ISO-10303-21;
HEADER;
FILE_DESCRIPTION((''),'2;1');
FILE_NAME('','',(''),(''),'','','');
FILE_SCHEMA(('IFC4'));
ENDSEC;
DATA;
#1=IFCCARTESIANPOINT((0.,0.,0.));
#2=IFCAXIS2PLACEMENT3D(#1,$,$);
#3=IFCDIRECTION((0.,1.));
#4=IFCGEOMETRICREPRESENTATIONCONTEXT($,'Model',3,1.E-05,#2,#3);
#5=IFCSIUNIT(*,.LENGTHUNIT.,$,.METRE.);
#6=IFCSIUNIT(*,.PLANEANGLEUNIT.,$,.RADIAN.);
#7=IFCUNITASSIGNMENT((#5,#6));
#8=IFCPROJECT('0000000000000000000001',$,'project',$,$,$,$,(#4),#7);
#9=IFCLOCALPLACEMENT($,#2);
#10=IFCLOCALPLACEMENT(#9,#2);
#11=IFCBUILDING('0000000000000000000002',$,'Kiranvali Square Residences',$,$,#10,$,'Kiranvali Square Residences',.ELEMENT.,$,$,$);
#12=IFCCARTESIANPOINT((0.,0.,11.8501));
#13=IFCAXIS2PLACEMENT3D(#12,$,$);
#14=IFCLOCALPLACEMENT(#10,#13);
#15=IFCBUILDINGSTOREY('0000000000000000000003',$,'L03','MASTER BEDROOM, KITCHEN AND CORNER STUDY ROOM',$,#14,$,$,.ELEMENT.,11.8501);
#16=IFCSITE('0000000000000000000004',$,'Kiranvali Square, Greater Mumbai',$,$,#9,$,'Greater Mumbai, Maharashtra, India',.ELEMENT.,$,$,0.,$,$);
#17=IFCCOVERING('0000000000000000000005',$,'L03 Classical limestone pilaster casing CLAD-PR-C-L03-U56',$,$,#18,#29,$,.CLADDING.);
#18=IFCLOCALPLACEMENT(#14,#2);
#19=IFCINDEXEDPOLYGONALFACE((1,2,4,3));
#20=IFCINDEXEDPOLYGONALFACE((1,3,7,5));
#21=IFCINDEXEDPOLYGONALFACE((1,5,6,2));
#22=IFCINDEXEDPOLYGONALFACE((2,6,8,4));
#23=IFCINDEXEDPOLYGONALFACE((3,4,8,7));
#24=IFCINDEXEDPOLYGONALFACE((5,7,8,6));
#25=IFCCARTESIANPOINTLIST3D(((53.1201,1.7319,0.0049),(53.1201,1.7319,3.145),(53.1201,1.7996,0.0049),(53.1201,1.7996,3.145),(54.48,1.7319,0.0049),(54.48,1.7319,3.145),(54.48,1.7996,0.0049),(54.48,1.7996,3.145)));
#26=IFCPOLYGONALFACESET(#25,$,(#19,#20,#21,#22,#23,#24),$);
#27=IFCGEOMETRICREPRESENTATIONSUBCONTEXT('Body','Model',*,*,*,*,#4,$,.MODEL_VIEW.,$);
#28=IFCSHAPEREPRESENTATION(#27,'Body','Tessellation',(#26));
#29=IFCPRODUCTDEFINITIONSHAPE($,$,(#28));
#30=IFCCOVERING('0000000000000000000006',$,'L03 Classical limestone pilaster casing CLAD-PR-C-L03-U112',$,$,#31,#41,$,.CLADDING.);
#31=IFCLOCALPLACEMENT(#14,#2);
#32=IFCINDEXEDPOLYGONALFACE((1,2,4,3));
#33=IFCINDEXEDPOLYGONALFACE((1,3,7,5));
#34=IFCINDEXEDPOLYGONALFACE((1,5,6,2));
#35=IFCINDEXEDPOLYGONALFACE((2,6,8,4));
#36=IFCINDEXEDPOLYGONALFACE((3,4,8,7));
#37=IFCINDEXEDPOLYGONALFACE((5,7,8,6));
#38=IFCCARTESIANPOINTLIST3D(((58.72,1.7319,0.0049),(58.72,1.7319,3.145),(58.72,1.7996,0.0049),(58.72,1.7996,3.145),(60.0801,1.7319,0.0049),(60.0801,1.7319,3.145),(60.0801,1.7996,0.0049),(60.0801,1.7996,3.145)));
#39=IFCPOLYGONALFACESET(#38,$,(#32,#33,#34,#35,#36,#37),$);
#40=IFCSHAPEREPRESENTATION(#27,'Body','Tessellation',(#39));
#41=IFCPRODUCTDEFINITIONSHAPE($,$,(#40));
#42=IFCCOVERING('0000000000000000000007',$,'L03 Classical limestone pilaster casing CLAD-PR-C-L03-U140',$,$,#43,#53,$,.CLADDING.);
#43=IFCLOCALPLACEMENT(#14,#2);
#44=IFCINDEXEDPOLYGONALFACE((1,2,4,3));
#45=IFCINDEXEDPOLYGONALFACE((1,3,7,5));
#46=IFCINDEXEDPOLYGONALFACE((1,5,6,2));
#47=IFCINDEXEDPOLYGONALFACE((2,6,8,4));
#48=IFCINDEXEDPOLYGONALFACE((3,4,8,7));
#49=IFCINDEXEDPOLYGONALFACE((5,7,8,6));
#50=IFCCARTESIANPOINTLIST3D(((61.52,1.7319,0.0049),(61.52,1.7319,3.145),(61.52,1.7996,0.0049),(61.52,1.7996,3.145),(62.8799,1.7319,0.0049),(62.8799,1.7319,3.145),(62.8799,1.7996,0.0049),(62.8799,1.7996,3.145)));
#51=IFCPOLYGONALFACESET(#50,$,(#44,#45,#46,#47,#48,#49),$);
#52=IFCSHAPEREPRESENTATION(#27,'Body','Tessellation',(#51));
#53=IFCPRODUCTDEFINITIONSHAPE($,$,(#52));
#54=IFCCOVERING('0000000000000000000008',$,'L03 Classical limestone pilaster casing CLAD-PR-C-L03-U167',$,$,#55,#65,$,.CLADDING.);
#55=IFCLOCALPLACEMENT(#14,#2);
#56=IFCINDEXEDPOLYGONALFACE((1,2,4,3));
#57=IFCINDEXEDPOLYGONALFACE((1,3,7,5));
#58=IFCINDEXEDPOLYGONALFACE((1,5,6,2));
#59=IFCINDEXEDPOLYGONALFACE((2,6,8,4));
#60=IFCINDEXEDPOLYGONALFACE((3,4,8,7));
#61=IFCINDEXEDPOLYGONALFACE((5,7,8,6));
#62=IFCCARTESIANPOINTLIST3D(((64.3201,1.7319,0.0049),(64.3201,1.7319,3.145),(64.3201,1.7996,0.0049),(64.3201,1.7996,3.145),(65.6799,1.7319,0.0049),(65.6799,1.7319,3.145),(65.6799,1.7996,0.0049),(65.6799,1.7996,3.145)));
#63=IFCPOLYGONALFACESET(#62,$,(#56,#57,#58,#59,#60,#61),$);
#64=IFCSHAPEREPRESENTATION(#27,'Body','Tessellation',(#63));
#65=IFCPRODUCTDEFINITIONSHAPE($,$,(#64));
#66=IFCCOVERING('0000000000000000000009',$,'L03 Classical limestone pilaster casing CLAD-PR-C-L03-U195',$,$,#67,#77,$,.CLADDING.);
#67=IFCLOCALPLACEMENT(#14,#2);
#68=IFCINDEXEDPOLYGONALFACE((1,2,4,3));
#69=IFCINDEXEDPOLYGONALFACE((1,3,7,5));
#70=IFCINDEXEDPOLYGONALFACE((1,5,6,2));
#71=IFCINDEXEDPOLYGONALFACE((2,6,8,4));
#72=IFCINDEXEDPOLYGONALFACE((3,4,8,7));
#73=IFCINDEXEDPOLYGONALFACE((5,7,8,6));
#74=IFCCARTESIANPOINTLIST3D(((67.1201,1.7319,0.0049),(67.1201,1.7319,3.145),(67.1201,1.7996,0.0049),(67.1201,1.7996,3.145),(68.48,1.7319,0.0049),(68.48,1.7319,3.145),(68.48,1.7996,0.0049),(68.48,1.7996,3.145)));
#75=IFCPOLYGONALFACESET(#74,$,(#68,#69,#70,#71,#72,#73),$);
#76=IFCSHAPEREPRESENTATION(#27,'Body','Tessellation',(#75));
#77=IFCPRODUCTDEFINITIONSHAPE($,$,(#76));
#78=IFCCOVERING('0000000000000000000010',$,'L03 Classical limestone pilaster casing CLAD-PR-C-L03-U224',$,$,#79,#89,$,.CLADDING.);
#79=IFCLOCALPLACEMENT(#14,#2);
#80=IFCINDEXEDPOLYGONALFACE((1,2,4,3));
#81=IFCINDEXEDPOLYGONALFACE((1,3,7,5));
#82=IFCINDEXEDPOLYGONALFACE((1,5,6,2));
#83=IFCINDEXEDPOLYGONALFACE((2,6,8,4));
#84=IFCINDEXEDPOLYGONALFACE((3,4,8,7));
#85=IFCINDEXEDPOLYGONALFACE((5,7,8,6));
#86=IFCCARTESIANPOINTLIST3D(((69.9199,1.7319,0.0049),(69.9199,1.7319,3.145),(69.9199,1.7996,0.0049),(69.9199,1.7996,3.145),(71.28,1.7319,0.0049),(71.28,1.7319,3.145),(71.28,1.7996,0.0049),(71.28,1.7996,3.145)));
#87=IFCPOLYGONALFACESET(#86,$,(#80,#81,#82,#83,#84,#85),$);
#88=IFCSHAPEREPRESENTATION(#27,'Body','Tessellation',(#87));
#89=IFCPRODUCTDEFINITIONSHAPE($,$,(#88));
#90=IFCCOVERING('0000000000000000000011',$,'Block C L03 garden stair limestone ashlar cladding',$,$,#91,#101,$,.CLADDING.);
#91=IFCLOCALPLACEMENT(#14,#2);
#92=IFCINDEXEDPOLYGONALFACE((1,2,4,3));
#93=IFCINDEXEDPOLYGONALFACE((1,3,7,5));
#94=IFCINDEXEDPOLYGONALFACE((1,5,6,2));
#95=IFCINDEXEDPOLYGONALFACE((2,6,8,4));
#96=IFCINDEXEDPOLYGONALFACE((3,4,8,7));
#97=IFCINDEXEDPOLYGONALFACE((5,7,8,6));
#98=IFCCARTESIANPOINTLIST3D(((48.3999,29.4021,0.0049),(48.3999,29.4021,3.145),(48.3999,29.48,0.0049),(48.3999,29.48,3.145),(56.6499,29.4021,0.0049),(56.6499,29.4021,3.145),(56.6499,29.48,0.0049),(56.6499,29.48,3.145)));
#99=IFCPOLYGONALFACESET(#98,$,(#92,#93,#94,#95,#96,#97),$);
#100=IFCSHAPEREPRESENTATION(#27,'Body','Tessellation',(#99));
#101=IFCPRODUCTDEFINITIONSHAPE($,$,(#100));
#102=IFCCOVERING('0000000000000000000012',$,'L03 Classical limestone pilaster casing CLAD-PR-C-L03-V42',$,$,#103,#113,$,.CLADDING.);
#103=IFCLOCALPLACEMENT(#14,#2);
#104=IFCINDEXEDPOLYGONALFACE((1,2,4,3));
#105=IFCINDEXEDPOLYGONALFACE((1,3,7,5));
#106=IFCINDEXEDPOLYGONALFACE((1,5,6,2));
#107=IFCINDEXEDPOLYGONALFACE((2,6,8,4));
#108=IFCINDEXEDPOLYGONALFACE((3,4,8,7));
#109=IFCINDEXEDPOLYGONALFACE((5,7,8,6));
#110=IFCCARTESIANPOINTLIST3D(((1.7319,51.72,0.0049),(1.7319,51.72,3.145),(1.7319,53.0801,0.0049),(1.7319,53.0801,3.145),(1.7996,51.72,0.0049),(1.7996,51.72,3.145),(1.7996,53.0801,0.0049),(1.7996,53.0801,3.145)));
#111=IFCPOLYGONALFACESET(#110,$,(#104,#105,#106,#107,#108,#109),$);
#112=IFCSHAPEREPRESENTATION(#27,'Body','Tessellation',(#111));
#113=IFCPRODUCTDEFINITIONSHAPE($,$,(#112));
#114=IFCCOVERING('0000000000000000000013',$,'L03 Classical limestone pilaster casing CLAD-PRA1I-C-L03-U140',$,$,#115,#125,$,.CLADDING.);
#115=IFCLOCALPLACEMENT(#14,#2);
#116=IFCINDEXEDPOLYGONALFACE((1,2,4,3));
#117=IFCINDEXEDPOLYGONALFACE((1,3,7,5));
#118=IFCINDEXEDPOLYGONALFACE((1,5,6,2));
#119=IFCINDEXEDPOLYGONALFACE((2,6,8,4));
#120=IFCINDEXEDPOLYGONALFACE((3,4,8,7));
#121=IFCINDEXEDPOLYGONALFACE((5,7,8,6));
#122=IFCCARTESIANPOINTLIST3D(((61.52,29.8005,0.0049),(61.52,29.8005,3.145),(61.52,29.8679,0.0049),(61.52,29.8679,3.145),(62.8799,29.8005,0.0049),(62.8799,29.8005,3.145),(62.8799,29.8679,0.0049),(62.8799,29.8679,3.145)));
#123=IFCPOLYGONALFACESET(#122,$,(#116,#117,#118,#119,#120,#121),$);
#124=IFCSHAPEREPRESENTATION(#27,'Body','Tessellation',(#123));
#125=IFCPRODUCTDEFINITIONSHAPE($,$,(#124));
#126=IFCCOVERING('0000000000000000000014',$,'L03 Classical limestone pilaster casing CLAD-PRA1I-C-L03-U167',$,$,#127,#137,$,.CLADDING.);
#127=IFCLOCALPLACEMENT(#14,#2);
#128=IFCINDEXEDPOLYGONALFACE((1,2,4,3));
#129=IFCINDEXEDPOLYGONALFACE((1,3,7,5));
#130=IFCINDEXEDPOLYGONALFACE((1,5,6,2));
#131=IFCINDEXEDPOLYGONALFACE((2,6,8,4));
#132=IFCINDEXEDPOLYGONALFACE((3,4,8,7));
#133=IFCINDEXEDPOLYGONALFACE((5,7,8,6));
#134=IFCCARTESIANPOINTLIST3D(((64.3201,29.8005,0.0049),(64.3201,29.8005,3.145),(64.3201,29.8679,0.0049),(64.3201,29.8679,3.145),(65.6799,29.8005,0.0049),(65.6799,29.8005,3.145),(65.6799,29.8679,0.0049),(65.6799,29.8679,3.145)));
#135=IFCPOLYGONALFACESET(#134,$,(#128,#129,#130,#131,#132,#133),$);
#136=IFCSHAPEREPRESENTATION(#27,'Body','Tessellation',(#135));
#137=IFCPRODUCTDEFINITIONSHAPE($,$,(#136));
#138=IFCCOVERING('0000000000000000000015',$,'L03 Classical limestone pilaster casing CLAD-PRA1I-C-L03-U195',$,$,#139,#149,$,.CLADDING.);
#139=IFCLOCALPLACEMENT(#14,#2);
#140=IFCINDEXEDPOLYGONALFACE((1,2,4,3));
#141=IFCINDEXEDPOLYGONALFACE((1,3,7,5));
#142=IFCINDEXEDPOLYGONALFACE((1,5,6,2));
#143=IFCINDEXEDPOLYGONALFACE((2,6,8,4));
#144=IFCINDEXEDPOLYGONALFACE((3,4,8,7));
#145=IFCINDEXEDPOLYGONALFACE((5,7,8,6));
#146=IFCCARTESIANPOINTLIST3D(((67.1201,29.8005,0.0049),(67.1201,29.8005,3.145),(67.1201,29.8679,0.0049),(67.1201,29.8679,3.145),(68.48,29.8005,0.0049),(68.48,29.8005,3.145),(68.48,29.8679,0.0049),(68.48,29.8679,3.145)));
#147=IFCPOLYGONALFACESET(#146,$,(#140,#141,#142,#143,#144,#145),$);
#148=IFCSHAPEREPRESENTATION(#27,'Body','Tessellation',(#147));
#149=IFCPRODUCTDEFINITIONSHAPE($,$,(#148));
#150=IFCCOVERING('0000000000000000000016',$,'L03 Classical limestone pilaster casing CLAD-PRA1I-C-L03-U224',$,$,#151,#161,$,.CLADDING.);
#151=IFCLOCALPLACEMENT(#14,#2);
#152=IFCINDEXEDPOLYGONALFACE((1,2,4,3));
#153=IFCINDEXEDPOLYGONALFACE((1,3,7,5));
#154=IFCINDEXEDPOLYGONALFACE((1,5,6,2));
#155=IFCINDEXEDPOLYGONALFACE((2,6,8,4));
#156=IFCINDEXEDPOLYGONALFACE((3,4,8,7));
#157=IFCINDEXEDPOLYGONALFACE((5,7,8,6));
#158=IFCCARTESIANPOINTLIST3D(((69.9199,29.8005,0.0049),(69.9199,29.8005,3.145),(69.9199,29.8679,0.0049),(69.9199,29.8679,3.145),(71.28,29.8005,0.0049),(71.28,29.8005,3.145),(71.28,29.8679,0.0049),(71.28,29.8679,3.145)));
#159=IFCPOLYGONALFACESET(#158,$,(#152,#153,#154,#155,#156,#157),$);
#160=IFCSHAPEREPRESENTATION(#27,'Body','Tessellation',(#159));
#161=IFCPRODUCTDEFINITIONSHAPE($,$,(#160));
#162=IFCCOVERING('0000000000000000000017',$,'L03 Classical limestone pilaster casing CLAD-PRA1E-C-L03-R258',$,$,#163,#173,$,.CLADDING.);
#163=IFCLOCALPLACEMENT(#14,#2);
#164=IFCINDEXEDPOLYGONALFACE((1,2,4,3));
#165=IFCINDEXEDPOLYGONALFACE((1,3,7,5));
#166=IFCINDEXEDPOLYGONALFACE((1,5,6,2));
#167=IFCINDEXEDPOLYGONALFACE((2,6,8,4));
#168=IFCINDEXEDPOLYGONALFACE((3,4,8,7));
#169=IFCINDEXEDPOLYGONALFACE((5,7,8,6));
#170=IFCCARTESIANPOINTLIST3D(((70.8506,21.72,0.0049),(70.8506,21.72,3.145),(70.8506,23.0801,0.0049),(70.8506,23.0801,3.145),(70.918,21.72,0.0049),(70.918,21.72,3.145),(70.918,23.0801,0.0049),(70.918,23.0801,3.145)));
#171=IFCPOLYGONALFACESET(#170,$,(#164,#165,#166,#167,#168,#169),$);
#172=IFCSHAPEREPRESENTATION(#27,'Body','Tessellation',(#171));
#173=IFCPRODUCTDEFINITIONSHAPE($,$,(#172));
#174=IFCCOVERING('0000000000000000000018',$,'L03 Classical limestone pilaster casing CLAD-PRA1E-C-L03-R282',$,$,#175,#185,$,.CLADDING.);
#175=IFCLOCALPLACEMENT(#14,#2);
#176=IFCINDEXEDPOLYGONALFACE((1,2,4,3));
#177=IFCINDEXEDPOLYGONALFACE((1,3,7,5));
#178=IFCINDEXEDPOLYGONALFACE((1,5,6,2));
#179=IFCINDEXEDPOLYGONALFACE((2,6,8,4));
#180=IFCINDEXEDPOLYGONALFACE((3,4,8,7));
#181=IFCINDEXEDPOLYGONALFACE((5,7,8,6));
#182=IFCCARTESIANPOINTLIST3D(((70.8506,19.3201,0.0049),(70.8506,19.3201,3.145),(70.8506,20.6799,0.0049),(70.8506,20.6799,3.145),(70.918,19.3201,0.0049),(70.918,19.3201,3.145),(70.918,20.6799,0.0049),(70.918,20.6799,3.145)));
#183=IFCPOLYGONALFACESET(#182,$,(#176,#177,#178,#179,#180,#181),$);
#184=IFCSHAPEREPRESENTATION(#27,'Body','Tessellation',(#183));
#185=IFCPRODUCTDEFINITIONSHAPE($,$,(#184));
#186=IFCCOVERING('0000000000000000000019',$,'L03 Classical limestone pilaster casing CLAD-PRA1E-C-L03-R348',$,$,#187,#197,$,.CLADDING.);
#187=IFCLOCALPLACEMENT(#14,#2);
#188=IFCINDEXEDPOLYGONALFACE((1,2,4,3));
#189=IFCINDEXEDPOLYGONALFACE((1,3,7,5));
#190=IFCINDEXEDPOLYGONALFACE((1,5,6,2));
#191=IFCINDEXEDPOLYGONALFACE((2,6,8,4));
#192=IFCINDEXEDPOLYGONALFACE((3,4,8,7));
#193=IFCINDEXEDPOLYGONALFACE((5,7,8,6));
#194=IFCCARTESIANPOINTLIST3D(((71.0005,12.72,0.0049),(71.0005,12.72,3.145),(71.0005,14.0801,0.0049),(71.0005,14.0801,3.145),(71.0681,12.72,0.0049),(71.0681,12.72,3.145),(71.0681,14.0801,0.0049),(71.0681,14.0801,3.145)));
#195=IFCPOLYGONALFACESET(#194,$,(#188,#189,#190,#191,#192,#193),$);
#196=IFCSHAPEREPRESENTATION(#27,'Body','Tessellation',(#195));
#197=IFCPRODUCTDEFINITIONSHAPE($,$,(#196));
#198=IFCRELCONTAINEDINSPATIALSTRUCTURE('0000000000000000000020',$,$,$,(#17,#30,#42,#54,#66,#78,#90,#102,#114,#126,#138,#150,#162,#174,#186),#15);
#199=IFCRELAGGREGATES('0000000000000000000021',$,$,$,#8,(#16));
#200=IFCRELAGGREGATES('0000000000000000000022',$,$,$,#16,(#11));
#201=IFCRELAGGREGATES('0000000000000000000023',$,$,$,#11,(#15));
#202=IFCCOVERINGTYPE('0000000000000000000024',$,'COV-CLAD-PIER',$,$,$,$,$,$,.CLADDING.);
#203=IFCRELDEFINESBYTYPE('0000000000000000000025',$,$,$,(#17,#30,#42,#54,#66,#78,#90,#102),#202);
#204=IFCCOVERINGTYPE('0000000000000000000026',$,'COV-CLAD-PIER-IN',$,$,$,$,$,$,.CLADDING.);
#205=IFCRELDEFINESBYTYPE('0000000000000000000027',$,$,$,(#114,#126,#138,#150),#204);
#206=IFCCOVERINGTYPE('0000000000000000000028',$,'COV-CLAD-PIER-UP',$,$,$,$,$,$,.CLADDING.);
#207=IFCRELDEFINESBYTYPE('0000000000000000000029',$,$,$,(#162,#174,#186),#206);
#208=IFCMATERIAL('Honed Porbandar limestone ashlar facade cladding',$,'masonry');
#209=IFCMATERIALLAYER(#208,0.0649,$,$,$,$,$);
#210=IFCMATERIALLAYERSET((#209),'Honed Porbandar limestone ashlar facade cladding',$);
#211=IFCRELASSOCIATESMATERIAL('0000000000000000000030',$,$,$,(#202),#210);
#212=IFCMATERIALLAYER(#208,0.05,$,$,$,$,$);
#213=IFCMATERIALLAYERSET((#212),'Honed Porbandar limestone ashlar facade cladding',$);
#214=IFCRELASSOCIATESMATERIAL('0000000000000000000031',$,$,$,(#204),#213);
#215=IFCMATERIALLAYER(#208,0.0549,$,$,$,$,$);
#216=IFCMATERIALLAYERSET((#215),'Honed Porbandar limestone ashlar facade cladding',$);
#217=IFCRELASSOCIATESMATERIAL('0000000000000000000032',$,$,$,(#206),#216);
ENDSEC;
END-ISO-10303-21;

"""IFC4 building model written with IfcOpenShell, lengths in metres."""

from ifc_helpers import new_model, si_unit, direction, frame, origin, place, context, subcontext, project, spatial, polyline, outline, extrude, material, layer, layer_set, type_object, element, save


model = new_model("IFC4")

# Units and contexts
model_context = context("Model", 3, precision=1e-05, world=origin(), true_north=direction((0.0, 1.0)))
body_context = subcontext(model_context, "Body", "Model", "MODEL_VIEW")
ifc_project = project(units=[si_unit("LENGTHUNIT", "METRE"), si_unit("PLANEANGLEUNIT", "RADIAN")], contexts=[model_context])

# Site, building, storey
site_placement = place(None, origin())
site = spatial("IfcSite", under=ifc_project, at=site_placement, Name="Kiranvali Square, Greater Mumbai", LongName="Greater Mumbai, Maharashtra, India", CompositionType="ELEMENT", RefElevation=0.0)
building_placement = place(site_placement, origin())
building = spatial("IfcBuilding", under=site, at=building_placement, Name="Kiranvali Square Residences", LongName="Kiranvali Square Residences", CompositionType="ELEMENT")
storey_placement = place(building_placement, frame((0.0, 0.0, 11.8501)))
storey = spatial("IfcBuildingStorey", under=building, at=storey_placement, Name="L03", Description="MASTER BEDROOM, KITCHEN AND CORNER STUDY ROOM", CompositionType="ELEMENT", Elevation=11.8501)

# Coverings
ifc_material = material(Name="Honed Porbandar limestone ashlar facade cladding", Category="masonry")
ifc_layer_1 = layer(ifc_material, 0.0649)
ifc_layer_set_1 = layer_set([ifc_layer_1], Name="Honed Porbandar limestone ashlar facade cladding")
covering_type_1 = type_object("IfcCoveringType", Name="COV-CLAD-PIER", PredefinedType="CLADDING", material=ifc_layer_set_1)
covering_1_placement = place(storey_placement, frame((0.0, 0.0, 0.0049)))
element("IfcCovering", 1, at=covering_1_placement, inside=storey, type_object=covering_type_1, Name="L03 Classical limestone pilaster casing CLAD-PR-C-L03-U56", PredefinedType="CLADDING", context=body_context, shape_type="SweptSolid", body=[
    extrude(outline(polyline([(53.1201, 1.7319), (54.48, 1.7319), (54.48, 1.7996), (53.1201, 1.7996), (53.1201, 1.7319)])), origin(), (0.0, 0.0, 1.0), 3.1401),
])
covering_2_placement = place(storey_placement, frame((0.0, 0.0, 0.0049)))
element("IfcCovering", 2, at=covering_2_placement, inside=storey, type_object=covering_type_1, Name="L03 Classical limestone pilaster casing CLAD-PR-C-L03-U112", PredefinedType="CLADDING", context=body_context, shape_type="SweptSolid", body=[
    extrude(outline(polyline([(58.72, 1.7319), (60.0801, 1.7319), (60.0801, 1.7996), (58.72, 1.7996), (58.72, 1.7319)])), origin(), (0.0, 0.0, 1.0), 3.1401),
])
covering_3_placement = place(storey_placement, frame((0.0, 0.0, 0.0049)))
element("IfcCovering", 3, at=covering_3_placement, inside=storey, type_object=covering_type_1, Name="L03 Classical limestone pilaster casing CLAD-PR-C-L03-U140", PredefinedType="CLADDING", context=body_context, shape_type="SweptSolid", body=[
    extrude(outline(polyline([(61.52, 1.7319), (62.8799, 1.7319), (62.8799, 1.7996), (61.52, 1.7996), (61.52, 1.7319)])), origin(), (0.0, 0.0, 1.0), 3.1401),
])
covering_4_placement = place(storey_placement, frame((0.0, 0.0, 0.0049)))
element("IfcCovering", 4, at=covering_4_placement, inside=storey, type_object=covering_type_1, Name="L03 Classical limestone pilaster casing CLAD-PR-C-L03-U167", PredefinedType="CLADDING", context=body_context, shape_type="SweptSolid", body=[
    extrude(outline(polyline([(64.3201, 1.7319), (65.6799, 1.7319), (65.6799, 1.7996), (64.3201, 1.7996), (64.3201, 1.7319)])), origin(), (0.0, 0.0, 1.0), 3.1401),
])
covering_5_placement = place(storey_placement, frame((0.0, 0.0, 0.0049)))
element("IfcCovering", 5, at=covering_5_placement, inside=storey, type_object=covering_type_1, Name="L03 Classical limestone pilaster casing CLAD-PR-C-L03-U195", PredefinedType="CLADDING", context=body_context, shape_type="SweptSolid", body=[
    extrude(outline(polyline([(67.1201, 1.7319), (68.48, 1.7319), (68.48, 1.7996), (67.1201, 1.7996), (67.1201, 1.7319)])), origin(), (0.0, 0.0, 1.0), 3.1401),
])
covering_6_placement = place(storey_placement, frame((0.0, 0.0, 0.0049)))
element("IfcCovering", 6, at=covering_6_placement, inside=storey, type_object=covering_type_1, Name="L03 Classical limestone pilaster casing CLAD-PR-C-L03-U224", PredefinedType="CLADDING", context=body_context, shape_type="SweptSolid", body=[
    extrude(outline(polyline([(69.9199, 1.7319), (71.28, 1.7319), (71.28, 1.7996), (69.9199, 1.7996), (69.9199, 1.7319)])), origin(), (0.0, 0.0, 1.0), 3.1401),
])
covering_7_placement = place(storey_placement, frame((0.0, 0.0, 0.0049)))
element("IfcCovering", 7, at=covering_7_placement, inside=storey, type_object=covering_type_1, Name="Block C L03 garden stair limestone ashlar cladding", PredefinedType="CLADDING", context=body_context, shape_type="SweptSolid", body=[
    extrude(outline(polyline([(48.3999, 29.4021), (56.6499, 29.4021), (56.6499, 29.48), (48.3999, 29.48), (48.3999, 29.4021)])), origin(), (0.0, 0.0, 1.0), 3.1401),
])
covering_8_placement = place(storey_placement, frame((0.0, 0.0, 0.0049)))
element("IfcCovering", 8, at=covering_8_placement, inside=storey, type_object=covering_type_1, Name="L03 Classical limestone pilaster casing CLAD-PR-C-L03-V42", PredefinedType="CLADDING", context=body_context, shape_type="SweptSolid", body=[
    extrude(outline(polyline([(1.7996, 51.72), (1.7996, 53.0801), (1.7319, 53.0801), (1.7319, 51.72), (1.7996, 51.72)])), origin(), (0.0, 0.0, 1.0), 3.1401),
])
ifc_layer_2 = layer(ifc_material, 0.05)
ifc_layer_set_2 = layer_set([ifc_layer_2], Name="Honed Porbandar limestone ashlar facade cladding")
covering_type_2 = type_object("IfcCoveringType", Name="COV-CLAD-PIER-IN", PredefinedType="CLADDING", material=ifc_layer_set_2)
covering_9_placement = place(storey_placement, frame((0.0, 0.0, 0.0049)))
element("IfcCovering", 9, at=covering_9_placement, inside=storey, type_object=covering_type_2, Name="L03 Classical limestone pilaster casing CLAD-PRA1I-C-L03-U140", PredefinedType="CLADDING", context=body_context, shape_type="SweptSolid", body=[
    extrude(outline(polyline([(61.52, 29.8005), (62.8799, 29.8005), (62.8799, 29.8679), (61.52, 29.8679), (61.52, 29.8005)])), origin(), (0.0, 0.0, 1.0), 3.1401),
])
covering_10_placement = place(storey_placement, frame((0.0, 0.0, 0.0049)))
element("IfcCovering", 10, at=covering_10_placement, inside=storey, type_object=covering_type_2, Name="L03 Classical limestone pilaster casing CLAD-PRA1I-C-L03-U167", PredefinedType="CLADDING", context=body_context, shape_type="SweptSolid", body=[
    extrude(outline(polyline([(64.3201, 29.8005), (65.6799, 29.8005), (65.6799, 29.8679), (64.3201, 29.8679), (64.3201, 29.8005)])), origin(), (0.0, 0.0, 1.0), 3.1401),
])
covering_11_placement = place(storey_placement, frame((0.0, 0.0, 0.0049)))
element("IfcCovering", 11, at=covering_11_placement, inside=storey, type_object=covering_type_2, Name="L03 Classical limestone pilaster casing CLAD-PRA1I-C-L03-U195", PredefinedType="CLADDING", context=body_context, shape_type="SweptSolid", body=[
    extrude(outline(polyline([(67.1201, 29.8005), (68.48, 29.8005), (68.48, 29.8679), (67.1201, 29.8679), (67.1201, 29.8005)])), origin(), (0.0, 0.0, 1.0), 3.1401),
])
covering_12_placement = place(storey_placement, frame((0.0, 0.0, 0.0049)))
element("IfcCovering", 12, at=covering_12_placement, inside=storey, type_object=covering_type_2, Name="L03 Classical limestone pilaster casing CLAD-PRA1I-C-L03-U224", PredefinedType="CLADDING", context=body_context, shape_type="SweptSolid", body=[
    extrude(outline(polyline([(69.9199, 29.8005), (71.28, 29.8005), (71.28, 29.8679), (69.9199, 29.8679), (69.9199, 29.8005)])), origin(), (0.0, 0.0, 1.0), 3.1401),
])
ifc_layer_3 = layer(ifc_material, 0.0549)
ifc_layer_set_3 = layer_set([ifc_layer_3], Name="Honed Porbandar limestone ashlar facade cladding")
covering_type_3 = type_object("IfcCoveringType", Name="COV-CLAD-PIER-UP", PredefinedType="CLADDING", material=ifc_layer_set_3)
covering_13_placement = place(storey_placement, frame((0.0, 0.0, 0.0049)))
element("IfcCovering", 13, at=covering_13_placement, inside=storey, type_object=covering_type_3, Name="L03 Classical limestone pilaster casing CLAD-PRA1E-C-L03-R258", PredefinedType="CLADDING", context=body_context, shape_type="SweptSolid", body=[
    extrude(outline(polyline([(70.8506, 23.0801), (70.8506, 21.72), (70.918, 21.72), (70.918, 23.0801), (70.8506, 23.0801)])), origin(), (0.0, 0.0, 1.0), 3.1401),
])
covering_14_placement = place(storey_placement, frame((0.0, 0.0, 0.0049)))
element("IfcCovering", 14, at=covering_14_placement, inside=storey, type_object=covering_type_3, Name="L03 Classical limestone pilaster casing CLAD-PRA1E-C-L03-R282", PredefinedType="CLADDING", context=body_context, shape_type="SweptSolid", body=[
    extrude(outline(polyline([(70.8506, 20.6799), (70.8506, 19.3201), (70.918, 19.3201), (70.918, 20.6799), (70.8506, 20.6799)])), origin(), (0.0, 0.0, 1.0), 3.1401),
])
covering_15_placement = place(storey_placement, frame((0.0, 0.0, 0.0049)))
element("IfcCovering", 15, at=covering_15_placement, inside=storey, type_object=covering_type_3, Name="L03 Classical limestone pilaster casing CLAD-PRA1E-C-L03-R348", PredefinedType="CLADDING", context=body_context, shape_type="SweptSolid", body=[
    extrude(outline(polyline([(71.0005, 14.0801), (71.0005, 12.72), (71.0681, 12.72), (71.0681, 14.0801), (71.0005, 14.0801)])), origin(), (0.0, 0.0, 1.0), 3.1401),
])

save(model, "model.ifc")
